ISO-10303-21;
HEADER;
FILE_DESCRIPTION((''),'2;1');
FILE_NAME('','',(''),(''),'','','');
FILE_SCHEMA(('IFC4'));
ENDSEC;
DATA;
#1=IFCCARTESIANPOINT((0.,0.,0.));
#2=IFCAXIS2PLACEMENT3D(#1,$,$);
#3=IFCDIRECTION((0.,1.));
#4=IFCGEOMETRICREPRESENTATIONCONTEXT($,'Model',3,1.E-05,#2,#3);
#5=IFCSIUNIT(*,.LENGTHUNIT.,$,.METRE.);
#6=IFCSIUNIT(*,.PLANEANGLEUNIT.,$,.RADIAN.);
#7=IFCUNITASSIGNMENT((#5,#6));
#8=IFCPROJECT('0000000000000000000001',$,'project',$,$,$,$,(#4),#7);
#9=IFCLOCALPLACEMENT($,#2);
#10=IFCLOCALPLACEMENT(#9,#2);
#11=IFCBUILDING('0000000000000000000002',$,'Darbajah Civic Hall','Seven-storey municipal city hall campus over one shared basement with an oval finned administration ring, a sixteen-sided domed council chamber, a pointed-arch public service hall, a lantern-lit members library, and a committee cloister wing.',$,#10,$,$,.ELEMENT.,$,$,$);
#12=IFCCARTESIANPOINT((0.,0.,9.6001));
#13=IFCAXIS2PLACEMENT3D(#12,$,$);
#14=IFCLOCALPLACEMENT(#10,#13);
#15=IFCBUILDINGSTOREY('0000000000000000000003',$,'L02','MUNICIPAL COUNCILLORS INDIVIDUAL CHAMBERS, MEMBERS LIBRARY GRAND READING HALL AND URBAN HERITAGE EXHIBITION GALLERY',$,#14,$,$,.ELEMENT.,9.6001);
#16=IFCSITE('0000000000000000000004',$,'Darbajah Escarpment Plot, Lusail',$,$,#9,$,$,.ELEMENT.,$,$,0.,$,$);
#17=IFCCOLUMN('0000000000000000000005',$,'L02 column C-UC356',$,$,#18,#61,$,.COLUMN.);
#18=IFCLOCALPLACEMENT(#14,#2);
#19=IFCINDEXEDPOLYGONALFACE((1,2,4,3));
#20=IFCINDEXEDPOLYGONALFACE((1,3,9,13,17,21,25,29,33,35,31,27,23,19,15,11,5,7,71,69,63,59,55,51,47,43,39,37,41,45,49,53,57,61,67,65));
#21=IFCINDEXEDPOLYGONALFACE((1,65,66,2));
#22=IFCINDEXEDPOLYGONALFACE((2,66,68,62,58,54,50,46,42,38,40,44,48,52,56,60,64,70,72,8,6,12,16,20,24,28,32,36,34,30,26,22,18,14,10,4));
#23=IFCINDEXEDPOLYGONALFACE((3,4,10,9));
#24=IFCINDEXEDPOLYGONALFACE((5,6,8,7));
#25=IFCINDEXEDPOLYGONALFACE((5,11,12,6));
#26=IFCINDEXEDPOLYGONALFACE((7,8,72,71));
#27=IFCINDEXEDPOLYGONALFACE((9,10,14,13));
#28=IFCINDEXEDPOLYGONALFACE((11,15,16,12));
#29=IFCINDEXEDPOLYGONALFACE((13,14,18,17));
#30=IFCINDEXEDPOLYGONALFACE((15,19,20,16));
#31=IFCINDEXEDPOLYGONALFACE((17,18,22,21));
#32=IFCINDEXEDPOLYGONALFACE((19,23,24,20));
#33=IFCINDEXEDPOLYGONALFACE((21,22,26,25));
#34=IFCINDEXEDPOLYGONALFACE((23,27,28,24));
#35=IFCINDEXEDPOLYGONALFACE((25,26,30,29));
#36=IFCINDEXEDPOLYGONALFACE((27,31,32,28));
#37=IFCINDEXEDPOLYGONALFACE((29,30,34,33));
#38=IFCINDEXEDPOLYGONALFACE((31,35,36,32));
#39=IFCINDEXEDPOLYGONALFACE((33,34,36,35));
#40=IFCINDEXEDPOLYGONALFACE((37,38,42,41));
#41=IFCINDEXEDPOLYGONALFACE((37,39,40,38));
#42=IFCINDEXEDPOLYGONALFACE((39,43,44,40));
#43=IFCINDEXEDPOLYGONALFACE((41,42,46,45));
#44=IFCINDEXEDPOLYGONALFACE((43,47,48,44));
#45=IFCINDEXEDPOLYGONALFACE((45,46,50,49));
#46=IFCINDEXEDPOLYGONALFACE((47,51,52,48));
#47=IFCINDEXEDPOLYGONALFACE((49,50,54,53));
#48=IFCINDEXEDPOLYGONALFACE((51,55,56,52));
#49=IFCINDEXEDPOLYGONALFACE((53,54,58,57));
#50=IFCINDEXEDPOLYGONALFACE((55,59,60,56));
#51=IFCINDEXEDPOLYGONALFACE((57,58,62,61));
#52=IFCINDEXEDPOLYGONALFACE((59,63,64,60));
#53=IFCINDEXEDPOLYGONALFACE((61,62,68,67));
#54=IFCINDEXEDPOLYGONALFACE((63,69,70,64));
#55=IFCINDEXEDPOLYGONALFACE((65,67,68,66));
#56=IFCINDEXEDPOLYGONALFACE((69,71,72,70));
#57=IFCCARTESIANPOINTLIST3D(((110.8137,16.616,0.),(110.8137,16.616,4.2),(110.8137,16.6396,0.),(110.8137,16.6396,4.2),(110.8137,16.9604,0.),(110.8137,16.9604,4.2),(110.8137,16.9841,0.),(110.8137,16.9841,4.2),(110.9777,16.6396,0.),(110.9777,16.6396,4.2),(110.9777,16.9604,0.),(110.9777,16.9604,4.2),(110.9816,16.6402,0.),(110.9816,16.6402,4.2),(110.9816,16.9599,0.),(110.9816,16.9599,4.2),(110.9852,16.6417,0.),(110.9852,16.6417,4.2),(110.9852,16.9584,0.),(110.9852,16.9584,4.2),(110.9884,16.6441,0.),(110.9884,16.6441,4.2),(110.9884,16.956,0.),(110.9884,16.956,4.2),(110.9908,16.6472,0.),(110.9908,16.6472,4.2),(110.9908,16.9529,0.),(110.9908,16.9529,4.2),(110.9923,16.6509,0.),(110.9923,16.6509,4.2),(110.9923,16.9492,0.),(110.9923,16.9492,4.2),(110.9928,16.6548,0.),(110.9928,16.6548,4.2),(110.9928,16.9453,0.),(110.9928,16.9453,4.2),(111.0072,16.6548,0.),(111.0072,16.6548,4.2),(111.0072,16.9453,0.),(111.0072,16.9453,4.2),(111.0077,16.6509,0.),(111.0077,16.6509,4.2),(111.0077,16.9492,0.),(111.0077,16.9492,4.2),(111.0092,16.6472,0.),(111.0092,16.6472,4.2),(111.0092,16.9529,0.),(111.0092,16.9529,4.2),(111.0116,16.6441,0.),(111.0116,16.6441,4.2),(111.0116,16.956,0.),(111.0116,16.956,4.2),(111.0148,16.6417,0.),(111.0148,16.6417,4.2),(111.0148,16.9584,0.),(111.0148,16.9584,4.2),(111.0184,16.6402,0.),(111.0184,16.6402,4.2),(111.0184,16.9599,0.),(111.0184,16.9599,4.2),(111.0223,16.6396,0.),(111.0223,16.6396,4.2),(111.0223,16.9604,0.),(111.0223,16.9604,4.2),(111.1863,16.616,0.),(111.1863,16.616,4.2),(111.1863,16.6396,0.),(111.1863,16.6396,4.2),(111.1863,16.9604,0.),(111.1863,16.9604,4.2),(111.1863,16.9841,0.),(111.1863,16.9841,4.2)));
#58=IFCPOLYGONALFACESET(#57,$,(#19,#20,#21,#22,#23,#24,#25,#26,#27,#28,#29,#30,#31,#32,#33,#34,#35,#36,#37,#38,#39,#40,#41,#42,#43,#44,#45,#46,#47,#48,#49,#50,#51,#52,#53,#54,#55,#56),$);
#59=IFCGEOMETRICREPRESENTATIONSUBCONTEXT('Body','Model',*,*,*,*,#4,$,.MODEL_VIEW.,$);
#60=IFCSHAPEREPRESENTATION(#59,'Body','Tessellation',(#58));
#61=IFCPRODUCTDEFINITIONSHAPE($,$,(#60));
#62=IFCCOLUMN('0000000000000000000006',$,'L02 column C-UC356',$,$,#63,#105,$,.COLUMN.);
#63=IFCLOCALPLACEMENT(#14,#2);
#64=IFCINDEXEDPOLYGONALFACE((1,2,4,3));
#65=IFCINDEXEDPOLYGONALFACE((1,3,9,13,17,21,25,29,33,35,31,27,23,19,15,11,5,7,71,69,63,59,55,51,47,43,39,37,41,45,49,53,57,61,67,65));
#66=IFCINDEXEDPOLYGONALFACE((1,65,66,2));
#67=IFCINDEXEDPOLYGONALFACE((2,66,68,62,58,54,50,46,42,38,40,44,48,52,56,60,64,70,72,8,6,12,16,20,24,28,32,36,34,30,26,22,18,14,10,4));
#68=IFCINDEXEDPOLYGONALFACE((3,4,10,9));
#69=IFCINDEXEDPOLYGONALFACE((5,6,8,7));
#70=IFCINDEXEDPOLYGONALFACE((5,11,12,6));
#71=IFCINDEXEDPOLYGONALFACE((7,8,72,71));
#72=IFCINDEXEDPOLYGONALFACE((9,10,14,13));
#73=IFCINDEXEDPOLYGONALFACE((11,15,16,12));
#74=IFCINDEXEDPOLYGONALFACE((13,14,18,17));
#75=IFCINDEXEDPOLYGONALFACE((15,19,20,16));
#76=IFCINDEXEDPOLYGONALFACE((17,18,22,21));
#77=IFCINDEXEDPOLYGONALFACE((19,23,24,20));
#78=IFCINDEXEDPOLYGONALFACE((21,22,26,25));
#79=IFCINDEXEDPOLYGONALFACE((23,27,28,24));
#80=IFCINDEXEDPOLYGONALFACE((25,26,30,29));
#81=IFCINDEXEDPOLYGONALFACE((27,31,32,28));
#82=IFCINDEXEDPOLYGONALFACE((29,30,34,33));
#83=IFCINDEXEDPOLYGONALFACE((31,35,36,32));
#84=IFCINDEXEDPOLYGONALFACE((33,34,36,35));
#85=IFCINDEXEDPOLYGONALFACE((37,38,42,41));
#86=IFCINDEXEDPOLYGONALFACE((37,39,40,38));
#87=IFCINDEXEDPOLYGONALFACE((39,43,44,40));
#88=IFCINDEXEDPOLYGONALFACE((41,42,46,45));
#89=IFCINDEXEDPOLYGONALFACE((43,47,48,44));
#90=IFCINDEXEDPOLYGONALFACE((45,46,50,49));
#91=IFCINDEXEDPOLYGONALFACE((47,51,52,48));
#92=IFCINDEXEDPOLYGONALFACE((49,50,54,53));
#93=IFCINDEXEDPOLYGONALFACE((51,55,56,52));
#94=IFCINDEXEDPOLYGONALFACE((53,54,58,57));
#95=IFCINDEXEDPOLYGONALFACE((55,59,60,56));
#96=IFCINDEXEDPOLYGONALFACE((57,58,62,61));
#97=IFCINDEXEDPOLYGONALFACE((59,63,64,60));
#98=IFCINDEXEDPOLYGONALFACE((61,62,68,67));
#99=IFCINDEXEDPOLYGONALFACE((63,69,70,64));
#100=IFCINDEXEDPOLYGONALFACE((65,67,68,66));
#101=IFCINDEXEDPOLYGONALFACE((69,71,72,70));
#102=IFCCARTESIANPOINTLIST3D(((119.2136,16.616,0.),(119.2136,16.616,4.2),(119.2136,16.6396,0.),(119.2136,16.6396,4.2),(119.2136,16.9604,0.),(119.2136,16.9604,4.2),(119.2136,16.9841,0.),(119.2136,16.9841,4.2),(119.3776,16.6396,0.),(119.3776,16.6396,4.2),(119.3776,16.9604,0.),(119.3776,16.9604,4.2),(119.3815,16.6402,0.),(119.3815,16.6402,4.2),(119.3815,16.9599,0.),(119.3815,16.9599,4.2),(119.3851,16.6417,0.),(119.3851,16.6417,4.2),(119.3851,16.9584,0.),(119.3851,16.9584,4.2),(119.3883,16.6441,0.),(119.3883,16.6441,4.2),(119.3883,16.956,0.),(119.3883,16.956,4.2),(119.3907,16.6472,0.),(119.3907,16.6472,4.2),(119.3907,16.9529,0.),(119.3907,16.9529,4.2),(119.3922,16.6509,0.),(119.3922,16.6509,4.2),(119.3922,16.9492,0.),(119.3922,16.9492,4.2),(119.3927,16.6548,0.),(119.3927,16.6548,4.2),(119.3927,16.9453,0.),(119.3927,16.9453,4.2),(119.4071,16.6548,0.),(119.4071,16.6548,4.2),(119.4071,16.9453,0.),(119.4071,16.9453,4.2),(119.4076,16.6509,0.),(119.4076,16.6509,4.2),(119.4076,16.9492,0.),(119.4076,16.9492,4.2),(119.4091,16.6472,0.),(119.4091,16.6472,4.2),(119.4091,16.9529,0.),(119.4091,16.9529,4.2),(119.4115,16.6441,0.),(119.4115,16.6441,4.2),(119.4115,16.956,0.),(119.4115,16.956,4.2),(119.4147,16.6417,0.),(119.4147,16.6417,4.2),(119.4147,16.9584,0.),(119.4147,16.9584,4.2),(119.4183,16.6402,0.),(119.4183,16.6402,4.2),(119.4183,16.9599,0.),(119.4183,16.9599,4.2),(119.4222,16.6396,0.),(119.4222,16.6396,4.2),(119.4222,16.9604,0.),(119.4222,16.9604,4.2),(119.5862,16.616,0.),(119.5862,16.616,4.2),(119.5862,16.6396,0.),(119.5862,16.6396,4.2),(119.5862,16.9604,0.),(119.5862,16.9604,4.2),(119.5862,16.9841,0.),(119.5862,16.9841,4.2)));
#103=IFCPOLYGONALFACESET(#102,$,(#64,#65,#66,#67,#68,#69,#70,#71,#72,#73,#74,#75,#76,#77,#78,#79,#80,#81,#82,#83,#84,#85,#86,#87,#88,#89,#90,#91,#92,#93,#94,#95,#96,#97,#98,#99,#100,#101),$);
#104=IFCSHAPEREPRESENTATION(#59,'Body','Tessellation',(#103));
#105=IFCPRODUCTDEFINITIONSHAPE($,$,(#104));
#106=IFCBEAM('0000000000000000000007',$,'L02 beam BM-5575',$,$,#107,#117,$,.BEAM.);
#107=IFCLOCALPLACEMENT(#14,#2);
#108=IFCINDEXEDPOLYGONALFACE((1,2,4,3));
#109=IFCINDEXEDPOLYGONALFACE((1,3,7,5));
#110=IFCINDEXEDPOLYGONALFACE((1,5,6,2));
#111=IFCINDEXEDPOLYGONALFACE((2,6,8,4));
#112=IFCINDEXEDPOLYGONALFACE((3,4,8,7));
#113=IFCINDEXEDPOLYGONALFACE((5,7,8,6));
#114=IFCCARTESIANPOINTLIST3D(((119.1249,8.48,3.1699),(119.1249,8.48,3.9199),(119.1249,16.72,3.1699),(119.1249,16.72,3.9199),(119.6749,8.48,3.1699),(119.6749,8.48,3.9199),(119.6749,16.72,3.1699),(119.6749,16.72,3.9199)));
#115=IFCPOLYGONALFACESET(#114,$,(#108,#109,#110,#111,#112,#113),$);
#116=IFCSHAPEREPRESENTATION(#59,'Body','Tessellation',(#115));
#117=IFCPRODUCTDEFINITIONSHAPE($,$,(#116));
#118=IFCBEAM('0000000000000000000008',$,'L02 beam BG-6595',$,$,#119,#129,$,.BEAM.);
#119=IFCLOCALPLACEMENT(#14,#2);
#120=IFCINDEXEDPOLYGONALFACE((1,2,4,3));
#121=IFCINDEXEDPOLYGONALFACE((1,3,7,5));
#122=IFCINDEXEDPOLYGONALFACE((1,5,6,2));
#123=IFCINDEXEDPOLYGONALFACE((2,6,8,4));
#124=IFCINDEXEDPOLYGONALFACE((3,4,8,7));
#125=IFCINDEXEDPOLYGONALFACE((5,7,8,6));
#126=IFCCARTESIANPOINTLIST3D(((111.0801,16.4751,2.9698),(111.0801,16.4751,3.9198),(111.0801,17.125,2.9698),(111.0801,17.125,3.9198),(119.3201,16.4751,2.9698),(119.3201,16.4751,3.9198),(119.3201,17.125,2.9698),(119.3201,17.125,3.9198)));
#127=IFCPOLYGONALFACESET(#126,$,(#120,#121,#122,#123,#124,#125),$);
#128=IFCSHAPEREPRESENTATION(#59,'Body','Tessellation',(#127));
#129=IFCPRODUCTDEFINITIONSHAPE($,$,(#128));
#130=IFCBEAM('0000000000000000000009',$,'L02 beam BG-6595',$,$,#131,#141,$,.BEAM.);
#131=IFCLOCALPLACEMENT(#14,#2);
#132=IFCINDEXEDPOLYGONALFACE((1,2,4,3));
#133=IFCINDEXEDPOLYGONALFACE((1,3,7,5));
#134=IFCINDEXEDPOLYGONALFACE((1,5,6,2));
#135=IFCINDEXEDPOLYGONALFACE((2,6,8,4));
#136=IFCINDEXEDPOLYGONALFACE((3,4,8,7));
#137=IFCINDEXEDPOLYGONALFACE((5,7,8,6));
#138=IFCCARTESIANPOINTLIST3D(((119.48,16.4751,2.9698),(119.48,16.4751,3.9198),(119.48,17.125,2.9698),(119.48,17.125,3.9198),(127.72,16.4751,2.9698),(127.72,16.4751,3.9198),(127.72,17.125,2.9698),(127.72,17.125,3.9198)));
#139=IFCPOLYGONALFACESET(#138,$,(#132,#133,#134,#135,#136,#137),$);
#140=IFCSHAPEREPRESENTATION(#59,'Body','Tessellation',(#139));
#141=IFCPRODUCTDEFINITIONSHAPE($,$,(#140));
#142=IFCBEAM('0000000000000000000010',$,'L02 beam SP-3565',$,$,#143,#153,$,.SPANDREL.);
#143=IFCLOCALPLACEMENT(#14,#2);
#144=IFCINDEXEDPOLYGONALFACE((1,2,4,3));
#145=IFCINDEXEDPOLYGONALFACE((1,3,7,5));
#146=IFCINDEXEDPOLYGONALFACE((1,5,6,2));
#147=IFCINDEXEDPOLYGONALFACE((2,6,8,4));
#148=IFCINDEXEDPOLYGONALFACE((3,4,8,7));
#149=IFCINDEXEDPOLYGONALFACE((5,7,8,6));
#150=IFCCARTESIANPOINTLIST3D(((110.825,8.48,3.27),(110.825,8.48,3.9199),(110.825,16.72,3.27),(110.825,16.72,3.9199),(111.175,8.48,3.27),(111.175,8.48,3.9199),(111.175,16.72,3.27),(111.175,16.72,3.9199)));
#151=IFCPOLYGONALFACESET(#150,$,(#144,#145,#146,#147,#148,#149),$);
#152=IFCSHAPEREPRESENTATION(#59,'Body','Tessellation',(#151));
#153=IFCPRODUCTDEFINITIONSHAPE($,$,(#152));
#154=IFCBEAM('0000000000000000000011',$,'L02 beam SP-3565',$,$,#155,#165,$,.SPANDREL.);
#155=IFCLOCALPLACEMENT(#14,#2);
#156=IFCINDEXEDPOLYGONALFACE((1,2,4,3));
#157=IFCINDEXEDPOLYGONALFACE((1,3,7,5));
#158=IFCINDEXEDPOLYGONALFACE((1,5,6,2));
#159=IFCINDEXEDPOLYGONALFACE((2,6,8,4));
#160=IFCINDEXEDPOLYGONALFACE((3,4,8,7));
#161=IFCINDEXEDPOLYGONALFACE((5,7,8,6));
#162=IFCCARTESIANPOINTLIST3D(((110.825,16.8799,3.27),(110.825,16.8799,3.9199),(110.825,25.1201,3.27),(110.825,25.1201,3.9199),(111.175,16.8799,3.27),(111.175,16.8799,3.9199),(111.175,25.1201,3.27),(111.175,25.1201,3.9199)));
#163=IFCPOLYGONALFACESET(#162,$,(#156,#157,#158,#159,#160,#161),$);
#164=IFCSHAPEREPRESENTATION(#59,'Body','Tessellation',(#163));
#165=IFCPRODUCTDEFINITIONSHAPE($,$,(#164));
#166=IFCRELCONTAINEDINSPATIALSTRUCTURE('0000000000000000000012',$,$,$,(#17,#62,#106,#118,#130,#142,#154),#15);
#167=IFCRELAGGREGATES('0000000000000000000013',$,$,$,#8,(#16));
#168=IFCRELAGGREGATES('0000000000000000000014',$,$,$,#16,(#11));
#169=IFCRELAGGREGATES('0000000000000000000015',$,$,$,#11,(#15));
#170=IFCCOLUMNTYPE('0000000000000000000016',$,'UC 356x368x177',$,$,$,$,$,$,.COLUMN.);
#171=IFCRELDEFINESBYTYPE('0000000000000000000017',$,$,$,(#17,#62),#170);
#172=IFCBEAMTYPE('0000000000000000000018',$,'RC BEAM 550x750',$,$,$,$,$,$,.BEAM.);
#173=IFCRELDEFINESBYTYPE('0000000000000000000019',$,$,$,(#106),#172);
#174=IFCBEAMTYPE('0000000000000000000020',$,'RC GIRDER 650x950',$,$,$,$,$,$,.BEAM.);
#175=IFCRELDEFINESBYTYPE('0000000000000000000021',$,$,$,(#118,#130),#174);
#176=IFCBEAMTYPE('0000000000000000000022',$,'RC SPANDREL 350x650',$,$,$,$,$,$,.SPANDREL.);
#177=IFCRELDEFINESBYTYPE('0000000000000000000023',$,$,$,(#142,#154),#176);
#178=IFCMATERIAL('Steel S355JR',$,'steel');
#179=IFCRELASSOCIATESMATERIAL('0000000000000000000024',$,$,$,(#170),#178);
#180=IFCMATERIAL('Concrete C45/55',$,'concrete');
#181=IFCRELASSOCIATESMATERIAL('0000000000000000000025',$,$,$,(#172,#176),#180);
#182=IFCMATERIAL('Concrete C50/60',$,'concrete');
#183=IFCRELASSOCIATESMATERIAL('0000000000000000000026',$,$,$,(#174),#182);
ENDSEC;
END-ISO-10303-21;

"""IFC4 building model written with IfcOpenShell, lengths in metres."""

from ifc_helpers import new_model, si_unit, direction, frame, origin, origin_2d, place, context, subcontext, project, spatial, rectangle, i_section, extrude, material, material_profile, profile_set, type_object, element, save


model = new_model("IFC4")

# Units and contexts
model_context = context("Model", 3, precision=1e-05, world=origin(), true_north=direction((0.0, 1.0)))
body_context = subcontext(model_context, "Body", "Model", "MODEL_VIEW")
ifc_project = project(units=[si_unit("LENGTHUNIT", "METRE"), si_unit("PLANEANGLEUNIT", "RADIAN")], contexts=[model_context])

# Site, building, storey
site_placement = place(None, origin())
site = spatial("IfcSite", under=ifc_project, at=site_placement, Name="Darbajah Escarpment Plot, Lusail", CompositionType="ELEMENT", RefElevation=0.0)
building_placement = place(site_placement, origin())
building = spatial("IfcBuilding", under=site, at=building_placement, Name="Darbajah Civic Hall", Description="Seven-storey municipal city hall campus over one shared basement with an oval finned administration ring, a sixteen-sided domed council chamber, a pointed-arch public service hall, a lantern-lit members library, and a committee cloister wing.", CompositionType="ELEMENT")
storey_placement = place(building_placement, frame((0.0, 0.0, 9.6001)))
storey = spatial("IfcBuildingStorey", under=building, at=storey_placement, Name="L02", Description="MUNICIPAL COUNCILLORS INDIVIDUAL CHAMBERS, MEMBERS LIBRARY GRAND READING HALL AND URBAN HERITAGE EXHIBITION GALLERY", CompositionType="ELEMENT", Elevation=9.6001)

# Columns
ifc_material_1 = material(Name="Steel S355JR", Category="steel")
ifc_material_profile_1 = material_profile(ifc_material_1, i_section(OverallWidth=0.3726, OverallDepth=0.3682, WebThickness=0.0144, FlangeThickness=0.0237, FilletRadius=0.0151, at=origin_2d()), Name="UC 356x368x177")
ifc_profile_set_1 = profile_set([ifc_material_profile_1], Name="Steel S355JR")
column_type = type_object("IfcColumnType", Name="UC 356x368x177", PredefinedType="COLUMN", material=ifc_profile_set_1)
for number, where, z_axis, x_axis, name in (
    (1, (111.0, 16.8, 0.0), (0.0, 0.0, 1.0), (1.0, 0.0, 0.0), "L02 column C-UC356"),
    (2, (119.3999, 16.8, 0.0), (0.0, 0.0, 1.0), (1.0, 0.0, 0.0), "L02 column C-UC356"),
):
    element("IfcColumn", number, at=place(storey_placement, frame(where, z_axis=z_axis, x_axis=x_axis)), inside=storey, type_object=column_type, Name=name, PredefinedType="COLUMN", context=body_context, shape_type="SweptSolid", body=[
        extrude(i_section(OverallWidth=0.3726, OverallDepth=0.3682, WebThickness=0.0144, FlangeThickness=0.0237, FilletRadius=0.0151, at=origin_2d()), origin(), (0.0, 0.0, 1.0), 4.2),
    ])

# Beams
ifc_material_2 = material(Name="Concrete C45/55", Category="concrete")
ifc_material_profile_2 = material_profile(ifc_material_2, rectangle(XDim=0.55, YDim=0.75, at=origin_2d()), Name="RC BEAM 550x750")
ifc_profile_set_2 = profile_set([ifc_material_profile_2], Name="Concrete C45/55")
beam_type_1 = type_object("IfcBeamType", Name="RC BEAM 550x750", PredefinedType="BEAM", material=ifc_profile_set_2)
beam_1_placement = place(storey_placement, frame((119.3999, 8.48, 3.5449), z_axis=(0.0, 1.0, 0.0), x_axis=(-1.0, 0.0, 0.0)))
element("IfcBeam", 3, at=beam_1_placement, inside=storey, type_object=beam_type_1, Name="L02 beam BM-5575", PredefinedType="BEAM", context=body_context, shape_type="SweptSolid", body=[
    extrude(rectangle(XDim=0.55, YDim=0.75, at=origin_2d()), origin(), (0.0, 0.0, 1.0), 8.24),
])
ifc_material_3 = material(Name="Concrete C50/60", Category="concrete")
ifc_material_profile_3 = material_profile(ifc_material_3, rectangle(XDim=0.6499, YDim=0.95, at=origin_2d()), Name="RC GIRDER 650x950")
ifc_profile_set_3 = profile_set([ifc_material_profile_3], Name="Concrete C50/60")
beam_type_2 = type_object("IfcBeamType", Name="RC GIRDER 650x950", PredefinedType="BEAM", material=ifc_profile_set_3)
for number, where, z_axis, x_axis, name in (
    (4, (111.0801, 16.8, 3.4448), (1.0, 0.0, 0.0), (0.0, 1.0, 0.0), "L02 beam BG-6595"),
    (5, (119.48, 16.8, 3.4448), (1.0, 0.0, 0.0), (0.0, 1.0, 0.0), "L02 beam BG-6595"),
):
    element("IfcBeam", number, at=place(storey_placement, frame(where, z_axis=z_axis, x_axis=x_axis)), inside=storey, type_object=beam_type_2, Name=name, PredefinedType="BEAM", context=body_context, shape_type="SweptSolid", body=[
        extrude(rectangle(XDim=0.6499, YDim=0.95, at=origin_2d()), origin(), (0.0, 0.0, 1.0), 8.24),
    ])
ifc_material_profile_4 = material_profile(ifc_material_2, rectangle(XDim=0.3501, YDim=0.6499, at=origin_2d()), Name="RC SPANDREL 350x650")
ifc_profile_set_4 = profile_set([ifc_material_profile_4], Name="Concrete C45/55")
beam_type_3 = type_object("IfcBeamType", Name="RC SPANDREL 350x650", PredefinedType="SPANDREL", material=ifc_profile_set_4)
beam_2_placement = place(storey_placement, frame((111.0, 8.48, 3.595), z_axis=(0.0, 1.0, 0.0), x_axis=(-1.0, 0.0, 0.0)))
element("IfcBeam", 6, at=beam_2_placement, inside=storey, type_object=beam_type_3, Name="L02 beam SP-3565", PredefinedType="SPANDREL", context=body_context, shape_type="SweptSolid", body=[
    extrude(rectangle(XDim=0.3501, YDim=0.6499, at=origin_2d()), origin(), (0.0, 0.0, 1.0), 8.24),
])
beam_3_placement = place(storey_placement, frame((111.0, 16.8799, 3.595), z_axis=(0.0, 1.0, 0.0), x_axis=(-1.0, 0.0, 0.0)))
element("IfcBeam", 7, at=beam_3_placement, inside=storey, type_object=beam_type_3, Name="L02 beam SP-3565", PredefinedType="SPANDREL", context=body_context, shape_type="SweptSolid", body=[
    extrude(rectangle(XDim=0.3501, YDim=0.6499, at=origin_2d()), origin(), (0.0, 0.0, 1.0), 8.2402),
])

save(model, "model.ifc")
